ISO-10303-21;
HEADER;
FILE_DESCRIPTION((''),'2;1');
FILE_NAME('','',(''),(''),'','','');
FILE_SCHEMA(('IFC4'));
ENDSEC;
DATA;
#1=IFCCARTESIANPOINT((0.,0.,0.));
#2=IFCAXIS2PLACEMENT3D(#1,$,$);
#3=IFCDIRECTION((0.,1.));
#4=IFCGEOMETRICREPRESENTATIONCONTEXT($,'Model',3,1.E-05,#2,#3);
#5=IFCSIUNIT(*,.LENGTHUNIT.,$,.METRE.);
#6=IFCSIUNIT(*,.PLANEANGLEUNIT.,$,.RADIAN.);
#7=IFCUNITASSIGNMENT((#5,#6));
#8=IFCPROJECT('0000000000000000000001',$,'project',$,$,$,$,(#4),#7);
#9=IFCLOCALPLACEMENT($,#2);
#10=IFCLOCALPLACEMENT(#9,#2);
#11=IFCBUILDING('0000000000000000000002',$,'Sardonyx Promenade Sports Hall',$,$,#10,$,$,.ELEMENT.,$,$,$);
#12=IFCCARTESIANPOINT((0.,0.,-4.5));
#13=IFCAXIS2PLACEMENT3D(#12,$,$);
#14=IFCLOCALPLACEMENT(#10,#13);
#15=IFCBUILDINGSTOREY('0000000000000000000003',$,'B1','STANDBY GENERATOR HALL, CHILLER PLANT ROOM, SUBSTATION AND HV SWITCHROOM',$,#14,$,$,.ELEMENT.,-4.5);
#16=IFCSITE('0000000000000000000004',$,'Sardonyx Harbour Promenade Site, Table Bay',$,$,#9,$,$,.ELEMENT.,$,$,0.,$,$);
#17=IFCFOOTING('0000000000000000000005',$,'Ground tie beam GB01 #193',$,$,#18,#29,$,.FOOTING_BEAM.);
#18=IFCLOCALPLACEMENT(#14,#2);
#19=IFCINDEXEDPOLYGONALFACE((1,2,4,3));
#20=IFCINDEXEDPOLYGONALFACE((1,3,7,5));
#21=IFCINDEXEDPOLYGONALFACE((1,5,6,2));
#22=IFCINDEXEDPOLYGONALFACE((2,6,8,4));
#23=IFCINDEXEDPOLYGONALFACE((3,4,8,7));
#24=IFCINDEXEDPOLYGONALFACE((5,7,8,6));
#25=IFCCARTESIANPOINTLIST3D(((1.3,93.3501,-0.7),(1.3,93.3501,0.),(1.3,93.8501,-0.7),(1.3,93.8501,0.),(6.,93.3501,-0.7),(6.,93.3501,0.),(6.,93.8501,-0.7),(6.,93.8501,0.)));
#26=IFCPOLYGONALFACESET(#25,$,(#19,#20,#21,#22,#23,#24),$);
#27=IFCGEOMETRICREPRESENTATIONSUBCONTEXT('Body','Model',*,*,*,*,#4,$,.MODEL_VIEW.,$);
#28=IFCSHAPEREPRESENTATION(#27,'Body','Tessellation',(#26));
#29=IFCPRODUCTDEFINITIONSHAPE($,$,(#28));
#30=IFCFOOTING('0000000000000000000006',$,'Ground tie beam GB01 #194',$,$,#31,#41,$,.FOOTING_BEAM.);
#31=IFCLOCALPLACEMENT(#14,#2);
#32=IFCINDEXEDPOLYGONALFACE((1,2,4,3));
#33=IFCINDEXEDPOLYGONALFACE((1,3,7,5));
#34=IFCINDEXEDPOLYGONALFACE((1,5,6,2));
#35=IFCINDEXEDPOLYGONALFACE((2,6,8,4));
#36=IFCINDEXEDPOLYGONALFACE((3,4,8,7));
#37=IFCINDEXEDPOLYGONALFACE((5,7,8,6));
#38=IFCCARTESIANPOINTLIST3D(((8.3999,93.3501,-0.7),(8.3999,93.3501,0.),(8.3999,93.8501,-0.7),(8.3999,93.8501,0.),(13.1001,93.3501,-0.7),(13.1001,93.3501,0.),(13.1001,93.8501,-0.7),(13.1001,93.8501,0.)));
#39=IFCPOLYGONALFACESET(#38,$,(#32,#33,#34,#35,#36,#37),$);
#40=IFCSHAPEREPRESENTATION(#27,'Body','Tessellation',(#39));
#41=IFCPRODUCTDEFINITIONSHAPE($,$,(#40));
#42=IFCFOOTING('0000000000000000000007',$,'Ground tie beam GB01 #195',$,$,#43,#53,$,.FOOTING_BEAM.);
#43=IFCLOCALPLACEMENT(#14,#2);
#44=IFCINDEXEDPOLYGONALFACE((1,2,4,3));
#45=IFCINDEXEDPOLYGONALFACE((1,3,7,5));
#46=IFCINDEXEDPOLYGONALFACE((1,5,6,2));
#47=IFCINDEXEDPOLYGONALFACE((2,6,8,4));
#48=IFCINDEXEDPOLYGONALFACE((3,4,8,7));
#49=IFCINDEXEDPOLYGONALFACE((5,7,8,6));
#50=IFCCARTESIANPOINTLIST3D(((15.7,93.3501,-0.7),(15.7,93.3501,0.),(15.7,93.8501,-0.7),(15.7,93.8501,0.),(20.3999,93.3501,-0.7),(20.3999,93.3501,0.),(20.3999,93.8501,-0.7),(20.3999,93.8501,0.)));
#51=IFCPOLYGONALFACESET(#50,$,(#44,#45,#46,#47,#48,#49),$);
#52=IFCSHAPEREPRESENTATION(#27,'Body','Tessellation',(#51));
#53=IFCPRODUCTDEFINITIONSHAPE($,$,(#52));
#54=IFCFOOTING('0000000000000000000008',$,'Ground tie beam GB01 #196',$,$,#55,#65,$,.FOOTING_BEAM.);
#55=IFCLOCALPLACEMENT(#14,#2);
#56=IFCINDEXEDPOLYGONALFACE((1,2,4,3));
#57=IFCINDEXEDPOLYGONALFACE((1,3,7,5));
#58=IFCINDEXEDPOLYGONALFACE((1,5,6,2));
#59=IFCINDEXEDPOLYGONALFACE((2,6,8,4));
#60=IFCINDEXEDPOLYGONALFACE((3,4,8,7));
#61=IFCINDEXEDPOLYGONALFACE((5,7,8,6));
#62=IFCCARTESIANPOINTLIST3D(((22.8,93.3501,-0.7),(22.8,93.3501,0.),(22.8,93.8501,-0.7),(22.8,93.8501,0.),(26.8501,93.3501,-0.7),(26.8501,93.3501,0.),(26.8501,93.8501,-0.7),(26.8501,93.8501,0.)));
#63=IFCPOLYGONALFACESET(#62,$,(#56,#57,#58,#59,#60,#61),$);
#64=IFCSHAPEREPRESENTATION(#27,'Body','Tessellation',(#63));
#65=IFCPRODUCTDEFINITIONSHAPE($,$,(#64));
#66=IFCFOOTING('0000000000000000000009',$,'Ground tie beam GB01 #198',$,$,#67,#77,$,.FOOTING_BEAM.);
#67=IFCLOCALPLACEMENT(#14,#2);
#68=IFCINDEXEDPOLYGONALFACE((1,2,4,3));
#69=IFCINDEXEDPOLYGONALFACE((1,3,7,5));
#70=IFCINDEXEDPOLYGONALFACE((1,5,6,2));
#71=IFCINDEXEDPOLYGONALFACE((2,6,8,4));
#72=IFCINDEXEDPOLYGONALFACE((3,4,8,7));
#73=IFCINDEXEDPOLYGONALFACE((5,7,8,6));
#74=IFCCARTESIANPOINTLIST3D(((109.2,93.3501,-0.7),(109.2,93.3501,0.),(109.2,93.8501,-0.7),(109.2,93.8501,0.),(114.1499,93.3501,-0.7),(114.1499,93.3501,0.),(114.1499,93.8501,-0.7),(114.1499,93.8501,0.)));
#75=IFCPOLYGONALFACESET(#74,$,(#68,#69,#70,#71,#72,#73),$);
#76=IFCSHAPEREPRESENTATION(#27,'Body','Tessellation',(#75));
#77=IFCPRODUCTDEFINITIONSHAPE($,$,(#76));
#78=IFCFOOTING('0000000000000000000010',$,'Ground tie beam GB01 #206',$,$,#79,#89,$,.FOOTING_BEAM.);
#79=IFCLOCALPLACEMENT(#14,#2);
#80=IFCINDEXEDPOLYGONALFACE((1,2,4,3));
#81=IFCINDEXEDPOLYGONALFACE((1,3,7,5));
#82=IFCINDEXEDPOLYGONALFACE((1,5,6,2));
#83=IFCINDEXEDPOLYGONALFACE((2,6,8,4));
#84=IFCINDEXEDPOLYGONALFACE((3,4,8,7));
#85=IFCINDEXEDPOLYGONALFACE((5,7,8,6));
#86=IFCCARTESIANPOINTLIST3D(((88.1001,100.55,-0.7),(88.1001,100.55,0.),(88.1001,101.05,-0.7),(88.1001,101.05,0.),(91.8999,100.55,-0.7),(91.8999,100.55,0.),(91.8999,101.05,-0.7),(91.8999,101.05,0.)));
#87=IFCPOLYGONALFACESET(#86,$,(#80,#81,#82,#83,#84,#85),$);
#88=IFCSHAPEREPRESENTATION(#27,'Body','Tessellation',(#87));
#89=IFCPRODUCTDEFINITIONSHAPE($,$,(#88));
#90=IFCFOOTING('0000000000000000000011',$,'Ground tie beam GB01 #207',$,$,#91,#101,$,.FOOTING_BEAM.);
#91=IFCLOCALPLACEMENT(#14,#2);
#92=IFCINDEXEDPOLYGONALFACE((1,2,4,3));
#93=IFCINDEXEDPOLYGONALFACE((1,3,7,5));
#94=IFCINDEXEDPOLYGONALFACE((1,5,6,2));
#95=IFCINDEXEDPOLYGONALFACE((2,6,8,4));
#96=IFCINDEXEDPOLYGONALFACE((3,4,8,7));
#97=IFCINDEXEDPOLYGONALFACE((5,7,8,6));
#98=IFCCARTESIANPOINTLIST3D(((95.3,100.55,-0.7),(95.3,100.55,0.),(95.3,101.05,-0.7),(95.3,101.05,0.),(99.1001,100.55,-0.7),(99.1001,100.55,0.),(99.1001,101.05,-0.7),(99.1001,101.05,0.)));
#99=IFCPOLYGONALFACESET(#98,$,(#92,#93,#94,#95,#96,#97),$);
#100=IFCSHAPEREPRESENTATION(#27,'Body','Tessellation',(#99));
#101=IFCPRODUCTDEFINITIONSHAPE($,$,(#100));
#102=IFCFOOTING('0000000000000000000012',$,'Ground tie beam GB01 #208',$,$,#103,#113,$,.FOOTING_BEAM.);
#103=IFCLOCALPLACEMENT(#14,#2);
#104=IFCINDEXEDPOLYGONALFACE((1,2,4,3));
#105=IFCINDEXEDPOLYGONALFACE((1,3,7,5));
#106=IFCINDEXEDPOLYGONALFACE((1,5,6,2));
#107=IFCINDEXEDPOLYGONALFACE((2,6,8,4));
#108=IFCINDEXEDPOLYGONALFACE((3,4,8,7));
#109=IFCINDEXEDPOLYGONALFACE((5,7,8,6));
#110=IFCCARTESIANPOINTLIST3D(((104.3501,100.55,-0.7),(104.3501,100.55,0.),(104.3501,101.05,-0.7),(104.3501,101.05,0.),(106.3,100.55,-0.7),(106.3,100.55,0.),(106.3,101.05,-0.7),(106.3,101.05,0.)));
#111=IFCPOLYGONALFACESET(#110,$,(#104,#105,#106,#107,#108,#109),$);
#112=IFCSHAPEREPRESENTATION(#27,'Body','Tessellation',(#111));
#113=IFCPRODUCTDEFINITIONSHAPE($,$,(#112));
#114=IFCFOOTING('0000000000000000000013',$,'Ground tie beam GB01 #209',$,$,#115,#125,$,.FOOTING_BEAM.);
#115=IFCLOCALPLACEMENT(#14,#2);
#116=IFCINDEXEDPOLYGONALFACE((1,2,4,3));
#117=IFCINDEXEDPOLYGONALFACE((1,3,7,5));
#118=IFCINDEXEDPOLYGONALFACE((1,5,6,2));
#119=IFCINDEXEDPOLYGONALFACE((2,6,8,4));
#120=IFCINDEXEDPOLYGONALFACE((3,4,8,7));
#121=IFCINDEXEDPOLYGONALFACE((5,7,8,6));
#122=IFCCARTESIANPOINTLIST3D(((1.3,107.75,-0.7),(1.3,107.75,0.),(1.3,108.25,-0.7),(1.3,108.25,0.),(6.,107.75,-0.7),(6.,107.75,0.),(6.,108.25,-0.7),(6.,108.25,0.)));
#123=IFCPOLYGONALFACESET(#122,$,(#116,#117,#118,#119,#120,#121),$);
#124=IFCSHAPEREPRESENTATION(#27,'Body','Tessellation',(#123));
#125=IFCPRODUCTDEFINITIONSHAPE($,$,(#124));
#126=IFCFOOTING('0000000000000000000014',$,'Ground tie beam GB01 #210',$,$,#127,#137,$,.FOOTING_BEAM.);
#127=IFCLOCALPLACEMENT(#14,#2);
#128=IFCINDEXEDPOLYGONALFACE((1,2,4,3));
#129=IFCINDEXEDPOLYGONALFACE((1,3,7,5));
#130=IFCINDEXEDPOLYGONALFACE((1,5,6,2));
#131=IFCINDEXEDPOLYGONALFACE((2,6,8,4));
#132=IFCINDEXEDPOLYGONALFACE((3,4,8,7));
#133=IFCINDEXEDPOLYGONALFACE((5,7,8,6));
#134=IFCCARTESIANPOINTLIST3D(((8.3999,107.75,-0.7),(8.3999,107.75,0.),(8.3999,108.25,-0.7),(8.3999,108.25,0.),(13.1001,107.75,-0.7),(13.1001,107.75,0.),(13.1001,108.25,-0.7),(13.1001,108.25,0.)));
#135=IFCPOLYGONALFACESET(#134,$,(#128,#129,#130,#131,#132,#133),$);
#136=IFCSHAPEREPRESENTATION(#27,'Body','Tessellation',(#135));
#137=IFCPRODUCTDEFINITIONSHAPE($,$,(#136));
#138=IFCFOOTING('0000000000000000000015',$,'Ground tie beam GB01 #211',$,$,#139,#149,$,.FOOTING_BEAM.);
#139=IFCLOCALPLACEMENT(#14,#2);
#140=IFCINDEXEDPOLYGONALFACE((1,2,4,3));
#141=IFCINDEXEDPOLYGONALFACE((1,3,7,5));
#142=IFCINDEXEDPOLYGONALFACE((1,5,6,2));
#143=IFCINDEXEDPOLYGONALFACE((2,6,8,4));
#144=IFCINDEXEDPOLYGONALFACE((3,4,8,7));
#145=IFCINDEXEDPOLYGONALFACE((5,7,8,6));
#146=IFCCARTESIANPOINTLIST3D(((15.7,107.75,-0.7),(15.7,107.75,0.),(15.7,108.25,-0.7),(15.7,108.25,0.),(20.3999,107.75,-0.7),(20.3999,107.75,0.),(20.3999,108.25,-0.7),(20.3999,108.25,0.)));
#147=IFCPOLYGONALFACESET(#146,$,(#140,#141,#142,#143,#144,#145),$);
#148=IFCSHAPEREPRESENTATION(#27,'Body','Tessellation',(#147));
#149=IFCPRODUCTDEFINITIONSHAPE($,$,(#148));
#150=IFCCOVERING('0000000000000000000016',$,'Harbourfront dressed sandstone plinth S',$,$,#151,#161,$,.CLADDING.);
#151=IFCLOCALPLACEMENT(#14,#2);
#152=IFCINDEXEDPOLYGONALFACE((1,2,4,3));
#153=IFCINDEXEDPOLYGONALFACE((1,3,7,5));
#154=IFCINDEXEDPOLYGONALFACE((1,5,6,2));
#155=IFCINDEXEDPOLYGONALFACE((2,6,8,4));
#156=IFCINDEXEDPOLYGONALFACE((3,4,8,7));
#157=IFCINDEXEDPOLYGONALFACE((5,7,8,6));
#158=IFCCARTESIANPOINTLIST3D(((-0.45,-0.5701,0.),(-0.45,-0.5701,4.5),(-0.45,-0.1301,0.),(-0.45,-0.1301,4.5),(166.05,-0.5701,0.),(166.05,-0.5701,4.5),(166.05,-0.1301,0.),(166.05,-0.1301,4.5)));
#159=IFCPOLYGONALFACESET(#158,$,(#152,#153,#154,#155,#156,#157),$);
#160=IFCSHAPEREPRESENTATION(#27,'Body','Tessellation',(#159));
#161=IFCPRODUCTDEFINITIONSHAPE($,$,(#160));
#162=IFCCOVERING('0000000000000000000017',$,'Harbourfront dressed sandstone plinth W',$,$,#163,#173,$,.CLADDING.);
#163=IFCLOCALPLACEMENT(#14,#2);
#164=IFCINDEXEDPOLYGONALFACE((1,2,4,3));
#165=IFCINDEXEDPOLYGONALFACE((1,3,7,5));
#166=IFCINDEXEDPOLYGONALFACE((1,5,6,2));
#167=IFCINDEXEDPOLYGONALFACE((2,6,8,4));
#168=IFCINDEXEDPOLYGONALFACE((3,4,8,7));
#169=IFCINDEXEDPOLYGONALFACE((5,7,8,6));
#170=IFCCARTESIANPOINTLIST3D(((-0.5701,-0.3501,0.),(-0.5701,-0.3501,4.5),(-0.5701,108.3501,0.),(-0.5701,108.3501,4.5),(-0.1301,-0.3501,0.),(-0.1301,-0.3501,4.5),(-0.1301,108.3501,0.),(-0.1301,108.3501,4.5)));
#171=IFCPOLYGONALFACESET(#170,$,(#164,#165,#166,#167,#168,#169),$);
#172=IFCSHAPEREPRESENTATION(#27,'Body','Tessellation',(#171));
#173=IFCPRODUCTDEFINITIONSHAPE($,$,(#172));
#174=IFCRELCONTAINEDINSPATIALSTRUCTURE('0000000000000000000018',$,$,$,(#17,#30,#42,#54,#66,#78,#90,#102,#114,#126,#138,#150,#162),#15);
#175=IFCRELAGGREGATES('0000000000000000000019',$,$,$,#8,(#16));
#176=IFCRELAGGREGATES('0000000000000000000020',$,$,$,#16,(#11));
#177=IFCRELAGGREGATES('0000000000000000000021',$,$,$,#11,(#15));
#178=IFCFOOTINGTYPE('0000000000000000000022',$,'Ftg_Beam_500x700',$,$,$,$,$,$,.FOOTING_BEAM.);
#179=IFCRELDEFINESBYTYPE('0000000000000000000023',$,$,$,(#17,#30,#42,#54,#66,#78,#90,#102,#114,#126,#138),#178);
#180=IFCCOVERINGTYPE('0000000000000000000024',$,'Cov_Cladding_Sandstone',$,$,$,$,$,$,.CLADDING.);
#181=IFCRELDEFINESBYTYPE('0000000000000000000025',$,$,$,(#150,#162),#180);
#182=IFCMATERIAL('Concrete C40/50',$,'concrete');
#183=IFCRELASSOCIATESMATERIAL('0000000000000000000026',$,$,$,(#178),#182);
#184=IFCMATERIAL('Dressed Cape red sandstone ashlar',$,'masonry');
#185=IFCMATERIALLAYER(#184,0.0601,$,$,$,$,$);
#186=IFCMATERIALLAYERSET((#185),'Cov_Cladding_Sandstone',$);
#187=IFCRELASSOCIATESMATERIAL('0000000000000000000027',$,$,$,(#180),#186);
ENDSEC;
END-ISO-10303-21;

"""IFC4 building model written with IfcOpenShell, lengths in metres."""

from ifc_helpers import new_model, si_unit, direction, frame, frame_2d, origin, place, context, subcontext, project, spatial, polyline, rectangle, outline, extrude, material, layer, layer_set, type_object, element, save


model = new_model("IFC4")

# Units and contexts
model_context = context("Model", 3, precision=1e-05, world=origin(), true_north=direction((0.0, 1.0)))
body_context = subcontext(model_context, "Body", "Model", "MODEL_VIEW")
ifc_project = project(units=[si_unit("LENGTHUNIT", "METRE"), si_unit("PLANEANGLEUNIT", "RADIAN")], contexts=[model_context])

# Site, building, storey
site_placement = place(None, origin())
site = spatial("IfcSite", under=ifc_project, at=site_placement, Name="Sardonyx Harbour Promenade Site, Table Bay", CompositionType="ELEMENT", RefElevation=0.0)
building_placement = place(site_placement, origin())
building = spatial("IfcBuilding", under=site, at=building_placement, Name="Sardonyx Promenade Sports Hall", CompositionType="ELEMENT")
storey_placement = place(building_placement, frame((0.0, 0.0, -4.5)))
storey = spatial("IfcBuildingStorey", under=building, at=storey_placement, Name="B1", Description="STANDBY GENERATOR HALL, CHILLER PLANT ROOM, SUBSTATION AND HV SWITCHROOM", CompositionType="ELEMENT", Elevation=-4.5)

# Footings
ifc_material_1 = material(Name="Concrete C40/50", Category="concrete")
footing_type = type_object("IfcFootingType", Name="Ftg_Beam_500x700", PredefinedType="FOOTING_BEAM", material=ifc_material_1)
footing_1_placement = place(storey_placement, frame((0.0, 0.0, -0.7)))
element("IfcFooting", 1, at=footing_1_placement, inside=storey, type_object=footing_type, Name="Ground tie beam GB01 #193", PredefinedType="FOOTING_BEAM", context=body_context, shape_type="SweptSolid", body=[
    extrude(outline(polyline([(1.3, 93.3501), (6.0, 93.3501), (6.0, 93.8501), (1.3, 93.8501), (1.3, 93.3501)])), origin(), (0.0, 0.0, 1.0), 0.7),
])
footing_2_placement = place(storey_placement, frame((0.0, 0.0, -0.7)))
element("IfcFooting", 2, at=footing_2_placement, inside=storey, type_object=footing_type, Name="Ground tie beam GB01 #194", PredefinedType="FOOTING_BEAM", context=body_context, shape_type="SweptSolid", body=[
    extrude(outline(polyline([(8.3999, 93.3501), (13.1001, 93.3501), (13.1001, 93.8501), (8.3999, 93.8501), (8.3999, 93.3501)])), origin(), (0.0, 0.0, 1.0), 0.7),
])
footing_3_placement = place(storey_placement, frame((0.0, 0.0, -0.7)))
element("IfcFooting", 3, at=footing_3_placement, inside=storey, type_object=footing_type, Name="Ground tie beam GB01 #195", PredefinedType="FOOTING_BEAM", context=body_context, shape_type="SweptSolid", body=[
    extrude(outline(polyline([(15.7, 93.3501), (20.3999, 93.3501), (20.3999, 93.8501), (15.7, 93.8501), (15.7, 93.3501)])), origin(), (0.0, 0.0, 1.0), 0.7),
])
footing_4_placement = place(storey_placement, frame((0.0, 0.0, -0.7)))
element("IfcFooting", 4, at=footing_4_placement, inside=storey, type_object=footing_type, Name="Ground tie beam GB01 #196", PredefinedType="FOOTING_BEAM", context=body_context, shape_type="SweptSolid", body=[
    extrude(outline(polyline([(22.8, 93.3501), (26.8501, 93.3501), (26.8501, 93.8501), (22.8, 93.8501), (22.8, 93.3501)])), origin(), (0.0, 0.0, 1.0), 0.7),
])
footing_5_placement = place(storey_placement, frame((0.0, 0.0, -0.7)))
element("IfcFooting", 5, at=footing_5_placement, inside=storey, type_object=footing_type, Name="Ground tie beam GB01 #198", PredefinedType="FOOTING_BEAM", context=body_context, shape_type="SweptSolid", body=[
    extrude(outline(polyline([(109.2, 93.3501), (114.1499, 93.3501), (114.1499, 93.8501), (109.2, 93.8501), (109.2, 93.3501)])), origin(), (0.0, 0.0, 1.0), 0.7),
])
footing_6_placement = place(storey_placement, frame((0.0, 0.0, -0.7)))
element("IfcFooting", 6, at=footing_6_placement, inside=storey, type_object=footing_type, Name="Ground tie beam GB01 #206", PredefinedType="FOOTING_BEAM", context=body_context, shape_type="SweptSolid", body=[
    extrude(outline(polyline([(88.1001, 100.55), (91.8999, 100.55), (91.8999, 101.05), (88.1001, 101.05), (88.1001, 100.55)])), origin(), (0.0, 0.0, 1.0), 0.7),
])
footing_7_placement = place(storey_placement, frame((0.0, 0.0, -0.7)))
element("IfcFooting", 7, at=footing_7_placement, inside=storey, type_object=footing_type, Name="Ground tie beam GB01 #207", PredefinedType="FOOTING_BEAM", context=body_context, shape_type="SweptSolid", body=[
    extrude(outline(polyline([(95.3, 100.55), (99.1001, 100.55), (99.1001, 101.05), (95.3, 101.05), (95.3, 100.55)])), origin(), (0.0, 0.0, 1.0), 0.7),
])
footing_8_placement = place(storey_placement, frame((0.0, 0.0, -0.7)))
element("IfcFooting", 8, at=footing_8_placement, inside=storey, type_object=footing_type, Name="Ground tie beam GB01 #208", PredefinedType="FOOTING_BEAM", context=body_context, shape_type="SweptSolid", body=[
    extrude(outline(polyline([(104.3501, 100.55), (106.3, 100.55), (106.3, 101.05), (104.3501, 101.05), (104.3501, 100.55)])), origin(), (0.0, 0.0, 1.0), 0.7),
])
footing_9_placement = place(storey_placement, frame((0.0, 0.0, -0.7)))
element("IfcFooting", 9, at=footing_9_placement, inside=storey, type_object=footing_type, Name="Ground tie beam GB01 #209", PredefinedType="FOOTING_BEAM", context=body_context, shape_type="SweptSolid", body=[
    extrude(outline(polyline([(1.3, 107.75), (6.0, 107.75), (6.0, 108.25), (1.3, 108.25), (1.3, 107.75)])), origin(), (0.0, 0.0, 1.0), 0.7),
])
footing_10_placement = place(storey_placement, frame((0.0, 0.0, -0.7)))
element("IfcFooting", 10, at=footing_10_placement, inside=storey, type_object=footing_type, Name="Ground tie beam GB01 #210", PredefinedType="FOOTING_BEAM", context=body_context, shape_type="SweptSolid", body=[
    extrude(outline(polyline([(8.3999, 107.75), (13.1001, 107.75), (13.1001, 108.25), (8.3999, 108.25), (8.3999, 107.75)])), origin(), (0.0, 0.0, 1.0), 0.7),
])
footing_11_placement = place(storey_placement, frame((0.0, 0.0, -0.7)))
element("IfcFooting", 11, at=footing_11_placement, inside=storey, type_object=footing_type, Name="Ground tie beam GB01 #211", PredefinedType="FOOTING_BEAM", context=body_context, shape_type="SweptSolid", body=[
    extrude(outline(polyline([(15.7, 107.75), (20.3999, 107.75), (20.3999, 108.25), (15.7, 108.25), (15.7, 107.75)])), origin(), (0.0, 0.0, 1.0), 0.7),
])

# Coverings
ifc_material_2 = material(Name="Dressed Cape red sandstone ashlar", Category="masonry")
ifc_layer = layer(ifc_material_2, 0.0601)
ifc_layer_set = layer_set([ifc_layer], Name="Cov_Cladding_Sandstone")
covering_type = type_object("IfcCoveringType", Name="Cov_Cladding_Sandstone", PredefinedType="CLADDING", material=ifc_layer_set)
covering_1_placement = place(storey_placement, frame((-0.45, -0.3501, 0.0), z_axis=(0.0, 0.0, 1.0), x_axis=(1.0, 0.0, 0.0)))
element("IfcCovering", 12, at=covering_1_placement, inside=storey, type_object=covering_type, Name="Harbourfront dressed sandstone plinth S", PredefinedType="CLADDING", context=body_context, shape_type="SweptSolid", body=[
    extrude(rectangle(XDim=166.5, YDim=0.4399, at=frame_2d((83.25, 0.0))), origin(), (0.0, 0.0, 1.0), 4.5),
])
covering_2_placement = place(storey_placement, frame((-0.3501, -0.3501, 0.0), z_axis=(0.0, 0.0, 1.0), x_axis=(0.0, 1.0, 0.0)))
element("IfcCovering", 13, at=covering_2_placement, inside=storey, type_object=covering_type, Name="Harbourfront dressed sandstone plinth W", PredefinedType="CLADDING", context=body_context, shape_type="SweptSolid", body=[
    extrude(rectangle(XDim=108.7002, YDim=0.4399, at=frame_2d((54.3501, 0.0))), origin(), (0.0, 0.0, 1.0), 4.5),
])

save(model, "model.ifc")
